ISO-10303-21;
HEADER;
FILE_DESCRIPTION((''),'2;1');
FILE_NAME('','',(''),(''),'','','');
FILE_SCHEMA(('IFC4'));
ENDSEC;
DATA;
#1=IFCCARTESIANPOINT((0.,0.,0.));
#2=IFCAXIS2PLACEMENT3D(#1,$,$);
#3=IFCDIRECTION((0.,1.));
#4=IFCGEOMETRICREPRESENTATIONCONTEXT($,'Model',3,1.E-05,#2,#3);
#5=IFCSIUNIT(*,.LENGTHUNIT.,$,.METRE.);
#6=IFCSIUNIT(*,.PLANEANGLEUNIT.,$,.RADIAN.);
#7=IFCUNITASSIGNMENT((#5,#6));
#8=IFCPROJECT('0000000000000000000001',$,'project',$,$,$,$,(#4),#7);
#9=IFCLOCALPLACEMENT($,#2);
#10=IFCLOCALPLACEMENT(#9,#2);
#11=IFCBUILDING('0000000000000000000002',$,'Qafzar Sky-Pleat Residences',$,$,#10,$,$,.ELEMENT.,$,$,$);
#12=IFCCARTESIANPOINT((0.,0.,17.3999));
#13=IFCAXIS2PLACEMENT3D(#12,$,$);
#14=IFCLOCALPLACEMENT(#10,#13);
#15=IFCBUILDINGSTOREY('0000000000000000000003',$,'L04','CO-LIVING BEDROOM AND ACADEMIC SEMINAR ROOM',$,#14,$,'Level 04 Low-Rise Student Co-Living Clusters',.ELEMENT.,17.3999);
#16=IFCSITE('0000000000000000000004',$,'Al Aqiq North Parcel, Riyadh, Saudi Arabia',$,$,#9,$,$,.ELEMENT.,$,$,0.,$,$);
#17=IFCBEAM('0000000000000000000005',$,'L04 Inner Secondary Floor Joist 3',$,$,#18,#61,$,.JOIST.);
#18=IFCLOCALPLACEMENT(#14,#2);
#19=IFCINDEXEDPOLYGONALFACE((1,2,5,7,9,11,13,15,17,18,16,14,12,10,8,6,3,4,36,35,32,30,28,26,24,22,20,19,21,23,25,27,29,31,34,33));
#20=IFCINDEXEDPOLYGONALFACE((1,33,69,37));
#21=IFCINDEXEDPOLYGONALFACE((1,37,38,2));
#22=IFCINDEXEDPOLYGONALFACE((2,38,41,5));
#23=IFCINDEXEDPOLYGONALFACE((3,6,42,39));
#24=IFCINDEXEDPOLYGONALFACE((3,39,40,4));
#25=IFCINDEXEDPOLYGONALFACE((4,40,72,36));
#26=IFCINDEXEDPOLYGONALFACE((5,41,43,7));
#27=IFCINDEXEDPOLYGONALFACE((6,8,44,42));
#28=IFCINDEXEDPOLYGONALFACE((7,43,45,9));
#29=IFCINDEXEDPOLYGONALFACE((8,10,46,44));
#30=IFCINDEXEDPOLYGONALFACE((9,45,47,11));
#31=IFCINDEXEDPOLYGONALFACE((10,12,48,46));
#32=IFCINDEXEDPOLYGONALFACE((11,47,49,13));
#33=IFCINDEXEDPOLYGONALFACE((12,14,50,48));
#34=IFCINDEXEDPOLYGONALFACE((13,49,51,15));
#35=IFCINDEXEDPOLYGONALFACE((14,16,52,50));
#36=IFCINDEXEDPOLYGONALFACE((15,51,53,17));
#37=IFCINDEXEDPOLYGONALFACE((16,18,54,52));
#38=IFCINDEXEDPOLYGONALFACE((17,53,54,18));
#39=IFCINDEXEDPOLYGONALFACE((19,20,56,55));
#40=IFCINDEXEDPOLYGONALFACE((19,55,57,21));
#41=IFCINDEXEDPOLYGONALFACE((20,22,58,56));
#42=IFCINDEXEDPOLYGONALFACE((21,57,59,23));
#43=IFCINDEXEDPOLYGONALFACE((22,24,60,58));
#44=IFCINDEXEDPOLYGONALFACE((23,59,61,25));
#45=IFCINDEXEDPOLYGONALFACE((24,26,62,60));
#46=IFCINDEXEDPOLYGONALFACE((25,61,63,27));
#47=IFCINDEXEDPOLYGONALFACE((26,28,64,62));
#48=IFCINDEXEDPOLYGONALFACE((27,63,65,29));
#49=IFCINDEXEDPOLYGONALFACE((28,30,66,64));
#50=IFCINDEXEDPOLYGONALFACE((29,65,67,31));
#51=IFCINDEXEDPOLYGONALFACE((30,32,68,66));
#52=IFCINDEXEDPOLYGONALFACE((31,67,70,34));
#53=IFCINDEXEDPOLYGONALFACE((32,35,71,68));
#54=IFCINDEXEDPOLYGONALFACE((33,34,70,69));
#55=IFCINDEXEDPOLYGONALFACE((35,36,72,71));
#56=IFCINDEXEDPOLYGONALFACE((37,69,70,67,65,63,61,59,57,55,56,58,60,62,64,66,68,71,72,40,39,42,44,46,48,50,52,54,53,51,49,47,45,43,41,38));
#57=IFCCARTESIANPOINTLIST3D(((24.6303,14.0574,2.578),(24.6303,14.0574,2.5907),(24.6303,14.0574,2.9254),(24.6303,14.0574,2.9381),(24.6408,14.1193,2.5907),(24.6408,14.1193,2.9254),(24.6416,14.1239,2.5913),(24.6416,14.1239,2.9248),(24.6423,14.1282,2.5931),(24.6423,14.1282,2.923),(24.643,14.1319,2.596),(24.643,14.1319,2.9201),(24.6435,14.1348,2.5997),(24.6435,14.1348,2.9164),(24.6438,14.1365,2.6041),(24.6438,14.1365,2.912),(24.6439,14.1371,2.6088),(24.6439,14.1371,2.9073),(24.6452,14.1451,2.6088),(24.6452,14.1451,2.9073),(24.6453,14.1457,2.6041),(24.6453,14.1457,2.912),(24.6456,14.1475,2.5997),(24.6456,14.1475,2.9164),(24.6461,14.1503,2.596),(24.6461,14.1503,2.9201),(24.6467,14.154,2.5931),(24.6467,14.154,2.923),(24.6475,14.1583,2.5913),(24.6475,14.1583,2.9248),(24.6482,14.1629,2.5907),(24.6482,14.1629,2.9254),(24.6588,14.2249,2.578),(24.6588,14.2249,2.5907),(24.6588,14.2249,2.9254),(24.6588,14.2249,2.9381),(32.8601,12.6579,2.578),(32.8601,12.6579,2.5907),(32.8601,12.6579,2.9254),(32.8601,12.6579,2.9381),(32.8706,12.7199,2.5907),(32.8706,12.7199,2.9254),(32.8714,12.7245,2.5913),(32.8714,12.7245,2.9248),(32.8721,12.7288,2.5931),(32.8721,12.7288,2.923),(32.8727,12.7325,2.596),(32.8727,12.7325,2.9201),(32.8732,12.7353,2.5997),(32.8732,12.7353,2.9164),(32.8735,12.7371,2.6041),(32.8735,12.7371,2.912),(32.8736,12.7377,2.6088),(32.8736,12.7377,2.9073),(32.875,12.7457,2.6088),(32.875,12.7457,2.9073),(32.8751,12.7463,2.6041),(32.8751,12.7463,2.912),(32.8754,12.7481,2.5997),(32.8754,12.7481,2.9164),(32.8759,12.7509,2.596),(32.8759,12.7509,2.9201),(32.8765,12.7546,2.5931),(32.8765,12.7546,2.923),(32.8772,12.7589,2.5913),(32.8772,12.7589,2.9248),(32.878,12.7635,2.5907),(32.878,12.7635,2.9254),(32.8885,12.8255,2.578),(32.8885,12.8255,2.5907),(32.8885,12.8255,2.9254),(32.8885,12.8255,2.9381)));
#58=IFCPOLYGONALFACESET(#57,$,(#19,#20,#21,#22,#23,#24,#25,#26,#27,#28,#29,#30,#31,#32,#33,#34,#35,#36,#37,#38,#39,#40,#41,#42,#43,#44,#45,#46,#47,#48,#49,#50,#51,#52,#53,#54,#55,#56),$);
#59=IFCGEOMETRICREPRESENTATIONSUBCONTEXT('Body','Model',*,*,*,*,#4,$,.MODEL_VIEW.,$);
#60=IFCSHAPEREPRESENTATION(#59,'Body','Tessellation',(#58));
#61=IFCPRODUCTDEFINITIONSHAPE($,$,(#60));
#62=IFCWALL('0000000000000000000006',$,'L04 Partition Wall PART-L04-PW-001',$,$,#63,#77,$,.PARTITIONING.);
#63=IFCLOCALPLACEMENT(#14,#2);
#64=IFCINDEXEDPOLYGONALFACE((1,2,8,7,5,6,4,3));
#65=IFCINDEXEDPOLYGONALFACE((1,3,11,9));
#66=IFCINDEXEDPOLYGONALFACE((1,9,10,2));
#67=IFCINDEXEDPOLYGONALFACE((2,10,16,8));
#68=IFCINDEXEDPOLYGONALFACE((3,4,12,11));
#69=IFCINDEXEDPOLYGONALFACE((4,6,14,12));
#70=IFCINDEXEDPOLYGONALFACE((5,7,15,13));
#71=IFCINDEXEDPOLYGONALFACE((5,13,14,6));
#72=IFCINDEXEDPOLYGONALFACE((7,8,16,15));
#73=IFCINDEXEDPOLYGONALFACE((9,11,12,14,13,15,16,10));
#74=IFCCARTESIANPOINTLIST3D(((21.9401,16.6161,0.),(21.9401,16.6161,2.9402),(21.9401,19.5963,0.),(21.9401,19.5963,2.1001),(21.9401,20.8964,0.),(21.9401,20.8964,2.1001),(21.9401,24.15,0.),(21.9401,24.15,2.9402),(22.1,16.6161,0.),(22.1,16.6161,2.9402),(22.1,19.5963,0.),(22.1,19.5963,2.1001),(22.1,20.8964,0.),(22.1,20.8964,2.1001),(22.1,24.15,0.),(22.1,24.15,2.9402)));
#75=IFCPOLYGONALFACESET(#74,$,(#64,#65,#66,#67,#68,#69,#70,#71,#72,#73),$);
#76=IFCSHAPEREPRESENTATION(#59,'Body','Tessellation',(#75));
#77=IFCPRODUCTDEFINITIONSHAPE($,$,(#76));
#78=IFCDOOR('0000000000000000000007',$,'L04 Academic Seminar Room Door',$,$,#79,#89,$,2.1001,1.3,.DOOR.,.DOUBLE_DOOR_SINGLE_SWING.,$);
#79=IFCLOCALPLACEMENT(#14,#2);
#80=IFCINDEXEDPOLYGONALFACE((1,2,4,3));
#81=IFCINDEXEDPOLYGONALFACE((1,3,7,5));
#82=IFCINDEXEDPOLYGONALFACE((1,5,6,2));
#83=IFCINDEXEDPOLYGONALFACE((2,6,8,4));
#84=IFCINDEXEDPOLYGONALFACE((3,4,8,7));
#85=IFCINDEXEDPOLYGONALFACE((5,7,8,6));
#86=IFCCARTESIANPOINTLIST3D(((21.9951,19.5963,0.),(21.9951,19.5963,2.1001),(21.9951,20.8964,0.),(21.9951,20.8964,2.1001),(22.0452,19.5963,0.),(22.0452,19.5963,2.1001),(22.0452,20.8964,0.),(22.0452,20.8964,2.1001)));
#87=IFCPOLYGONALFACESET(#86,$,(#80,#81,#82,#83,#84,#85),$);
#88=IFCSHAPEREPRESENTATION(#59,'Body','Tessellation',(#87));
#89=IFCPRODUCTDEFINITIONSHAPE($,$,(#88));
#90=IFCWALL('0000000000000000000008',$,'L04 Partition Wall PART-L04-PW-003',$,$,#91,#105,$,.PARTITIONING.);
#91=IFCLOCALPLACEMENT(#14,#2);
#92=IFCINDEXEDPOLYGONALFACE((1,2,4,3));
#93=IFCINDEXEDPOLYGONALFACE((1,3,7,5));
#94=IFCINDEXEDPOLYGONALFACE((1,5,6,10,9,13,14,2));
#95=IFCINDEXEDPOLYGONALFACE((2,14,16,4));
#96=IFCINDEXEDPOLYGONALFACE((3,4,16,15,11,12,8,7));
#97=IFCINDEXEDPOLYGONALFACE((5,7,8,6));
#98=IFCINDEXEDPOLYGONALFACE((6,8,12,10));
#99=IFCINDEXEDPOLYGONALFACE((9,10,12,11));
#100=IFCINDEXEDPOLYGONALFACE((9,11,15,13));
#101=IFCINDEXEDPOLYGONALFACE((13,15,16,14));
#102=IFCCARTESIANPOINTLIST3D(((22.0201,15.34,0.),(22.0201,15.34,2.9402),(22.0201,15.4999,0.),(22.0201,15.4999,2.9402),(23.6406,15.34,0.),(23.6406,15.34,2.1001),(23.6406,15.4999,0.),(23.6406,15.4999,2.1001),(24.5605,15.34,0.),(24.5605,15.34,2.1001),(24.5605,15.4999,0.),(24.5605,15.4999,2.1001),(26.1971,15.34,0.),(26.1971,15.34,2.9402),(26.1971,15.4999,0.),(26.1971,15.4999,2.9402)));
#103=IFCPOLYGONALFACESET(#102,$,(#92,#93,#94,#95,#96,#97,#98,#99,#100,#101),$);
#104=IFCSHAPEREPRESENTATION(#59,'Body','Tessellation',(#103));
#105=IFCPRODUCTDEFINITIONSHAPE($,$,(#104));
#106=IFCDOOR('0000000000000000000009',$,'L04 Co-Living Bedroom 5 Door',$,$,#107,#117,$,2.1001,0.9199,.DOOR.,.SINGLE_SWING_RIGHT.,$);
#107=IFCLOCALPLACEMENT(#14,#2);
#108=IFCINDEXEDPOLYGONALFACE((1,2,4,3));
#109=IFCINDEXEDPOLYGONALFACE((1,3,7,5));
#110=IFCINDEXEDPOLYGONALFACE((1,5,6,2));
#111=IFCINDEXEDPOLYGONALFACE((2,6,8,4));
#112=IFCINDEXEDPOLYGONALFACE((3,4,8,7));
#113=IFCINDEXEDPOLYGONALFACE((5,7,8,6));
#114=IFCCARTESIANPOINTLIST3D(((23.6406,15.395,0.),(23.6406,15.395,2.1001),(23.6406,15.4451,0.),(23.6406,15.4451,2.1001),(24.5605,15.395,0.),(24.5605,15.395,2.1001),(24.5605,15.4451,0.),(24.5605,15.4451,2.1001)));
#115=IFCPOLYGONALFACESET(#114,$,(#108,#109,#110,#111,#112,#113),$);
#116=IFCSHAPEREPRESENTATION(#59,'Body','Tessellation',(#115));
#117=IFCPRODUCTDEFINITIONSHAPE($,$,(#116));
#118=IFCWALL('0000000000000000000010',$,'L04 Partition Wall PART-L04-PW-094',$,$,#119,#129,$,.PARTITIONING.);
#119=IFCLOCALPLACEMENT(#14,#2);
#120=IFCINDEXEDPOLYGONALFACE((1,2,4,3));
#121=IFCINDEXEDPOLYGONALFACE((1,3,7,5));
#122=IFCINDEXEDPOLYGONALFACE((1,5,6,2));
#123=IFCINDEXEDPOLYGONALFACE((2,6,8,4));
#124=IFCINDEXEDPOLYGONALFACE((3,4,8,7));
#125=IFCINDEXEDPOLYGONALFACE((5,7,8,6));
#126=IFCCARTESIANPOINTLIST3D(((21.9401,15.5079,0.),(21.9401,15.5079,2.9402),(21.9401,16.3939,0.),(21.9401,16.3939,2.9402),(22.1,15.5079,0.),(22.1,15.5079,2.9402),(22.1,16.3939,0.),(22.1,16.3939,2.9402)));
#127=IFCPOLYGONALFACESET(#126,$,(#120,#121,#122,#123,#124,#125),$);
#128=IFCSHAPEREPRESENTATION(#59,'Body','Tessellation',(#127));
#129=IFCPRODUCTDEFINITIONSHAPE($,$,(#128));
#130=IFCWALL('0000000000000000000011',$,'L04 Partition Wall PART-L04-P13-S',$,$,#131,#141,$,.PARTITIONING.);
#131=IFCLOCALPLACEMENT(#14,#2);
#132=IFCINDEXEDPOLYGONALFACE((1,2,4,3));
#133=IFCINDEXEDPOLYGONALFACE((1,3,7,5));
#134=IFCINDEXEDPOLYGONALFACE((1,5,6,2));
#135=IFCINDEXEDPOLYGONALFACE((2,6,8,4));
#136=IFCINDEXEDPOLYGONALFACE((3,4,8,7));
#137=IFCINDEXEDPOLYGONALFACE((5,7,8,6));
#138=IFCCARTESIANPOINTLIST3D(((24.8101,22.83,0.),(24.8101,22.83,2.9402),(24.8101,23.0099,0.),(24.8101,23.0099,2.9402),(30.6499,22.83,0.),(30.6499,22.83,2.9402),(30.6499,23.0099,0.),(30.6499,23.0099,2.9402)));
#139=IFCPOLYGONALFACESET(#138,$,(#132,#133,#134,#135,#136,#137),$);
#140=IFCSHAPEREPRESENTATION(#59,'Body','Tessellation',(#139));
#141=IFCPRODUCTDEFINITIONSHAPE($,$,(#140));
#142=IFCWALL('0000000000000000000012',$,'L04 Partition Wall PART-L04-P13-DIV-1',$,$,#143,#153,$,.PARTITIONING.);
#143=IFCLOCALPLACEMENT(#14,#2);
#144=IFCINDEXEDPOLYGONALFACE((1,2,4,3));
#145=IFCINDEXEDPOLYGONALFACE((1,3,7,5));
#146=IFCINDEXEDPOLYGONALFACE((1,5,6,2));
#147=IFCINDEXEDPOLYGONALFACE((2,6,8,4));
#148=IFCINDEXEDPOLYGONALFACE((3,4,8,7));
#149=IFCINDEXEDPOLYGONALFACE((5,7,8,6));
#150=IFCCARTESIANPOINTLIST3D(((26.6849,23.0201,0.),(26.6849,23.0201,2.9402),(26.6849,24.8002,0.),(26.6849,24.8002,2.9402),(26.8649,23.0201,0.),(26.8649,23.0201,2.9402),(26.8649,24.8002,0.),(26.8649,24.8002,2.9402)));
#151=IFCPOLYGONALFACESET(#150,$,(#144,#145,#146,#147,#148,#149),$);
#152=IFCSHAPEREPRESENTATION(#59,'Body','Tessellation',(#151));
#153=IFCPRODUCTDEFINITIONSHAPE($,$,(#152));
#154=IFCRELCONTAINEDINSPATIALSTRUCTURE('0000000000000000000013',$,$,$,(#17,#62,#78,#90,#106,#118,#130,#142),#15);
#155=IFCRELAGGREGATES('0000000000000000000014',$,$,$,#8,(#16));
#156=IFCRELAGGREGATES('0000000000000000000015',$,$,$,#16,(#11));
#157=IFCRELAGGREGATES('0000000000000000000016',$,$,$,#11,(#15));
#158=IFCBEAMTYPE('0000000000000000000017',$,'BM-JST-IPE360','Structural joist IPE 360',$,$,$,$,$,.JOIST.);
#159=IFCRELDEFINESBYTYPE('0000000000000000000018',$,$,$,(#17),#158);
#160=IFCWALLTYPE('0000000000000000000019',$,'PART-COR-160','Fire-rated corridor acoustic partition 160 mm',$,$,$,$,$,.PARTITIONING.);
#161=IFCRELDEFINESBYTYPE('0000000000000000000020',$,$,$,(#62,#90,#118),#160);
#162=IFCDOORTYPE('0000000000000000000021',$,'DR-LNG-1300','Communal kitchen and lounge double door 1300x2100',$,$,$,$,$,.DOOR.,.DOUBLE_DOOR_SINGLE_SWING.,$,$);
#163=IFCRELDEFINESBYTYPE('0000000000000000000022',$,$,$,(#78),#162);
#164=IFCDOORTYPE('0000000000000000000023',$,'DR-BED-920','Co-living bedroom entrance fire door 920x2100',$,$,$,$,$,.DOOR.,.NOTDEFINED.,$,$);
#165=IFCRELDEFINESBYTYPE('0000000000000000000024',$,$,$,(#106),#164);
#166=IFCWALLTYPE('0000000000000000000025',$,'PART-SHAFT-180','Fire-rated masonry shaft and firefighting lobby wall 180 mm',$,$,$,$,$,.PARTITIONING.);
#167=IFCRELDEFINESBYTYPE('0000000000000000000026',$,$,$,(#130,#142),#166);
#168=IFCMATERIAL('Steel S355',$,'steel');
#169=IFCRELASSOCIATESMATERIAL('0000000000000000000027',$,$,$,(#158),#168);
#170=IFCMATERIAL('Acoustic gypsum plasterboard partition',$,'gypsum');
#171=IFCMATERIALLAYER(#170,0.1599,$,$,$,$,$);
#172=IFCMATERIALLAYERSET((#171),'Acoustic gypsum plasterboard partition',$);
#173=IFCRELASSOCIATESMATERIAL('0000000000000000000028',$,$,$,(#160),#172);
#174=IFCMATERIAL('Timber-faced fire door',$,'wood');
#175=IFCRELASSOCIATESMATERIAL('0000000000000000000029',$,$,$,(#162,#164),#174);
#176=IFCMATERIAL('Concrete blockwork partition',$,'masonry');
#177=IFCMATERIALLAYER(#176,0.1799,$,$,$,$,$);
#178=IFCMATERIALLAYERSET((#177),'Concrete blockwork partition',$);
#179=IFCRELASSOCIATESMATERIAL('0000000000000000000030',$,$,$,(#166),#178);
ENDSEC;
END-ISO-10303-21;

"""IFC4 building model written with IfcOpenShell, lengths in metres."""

from ifc_helpers import new_model, si_unit, direction, frame, frame_2d, origin, origin_2d, place, context, subcontext, project, spatial, rectangle, i_section, extrude, source, transform, mapped, material, layer, layer_set, material_profile, profile_set, type_object, element, fill, save


model = new_model("IFC4")

# Units and contexts
model_context = context("Model", 3, precision=1e-05, world=origin(), true_north=direction((0.0, 1.0)))
body_context = subcontext(model_context, "Body", "Model", "MODEL_VIEW")
ifc_project = project(units=[si_unit("LENGTHUNIT", "METRE"), si_unit("PLANEANGLEUNIT", "RADIAN")], contexts=[model_context])

# Site, building, storey
site_placement = place(None, origin())
site = spatial("IfcSite", under=ifc_project, at=site_placement, Name="Al Aqiq North Parcel, Riyadh, Saudi Arabia", CompositionType="ELEMENT", RefElevation=0.0)
building_placement = place(site_placement, origin())
building = spatial("IfcBuilding", under=site, at=building_placement, Name="Qafzar Sky-Pleat Residences", CompositionType="ELEMENT")
storey_placement = place(building_placement, frame((0.0, 0.0, 17.3999)))
storey = spatial("IfcBuildingStorey", under=building, at=storey_placement, Name="L04", Description="CO-LIVING BEDROOM AND ACADEMIC SEMINAR ROOM", LongName="Level 04 Low-Rise Student Co-Living Clusters", CompositionType="ELEMENT", Elevation=17.3999)

# Beam
ifc_material_1 = material(Name="Steel S355", Category="steel")
ifc_material_profile = material_profile(ifc_material_1, i_section(OverallWidth=0.1699, OverallDepth=0.3601, WebThickness=0.0081, FlangeThickness=0.0127, FilletRadius=0.0181, at=origin_2d()), Name="IPE 360")
ifc_profile_set = profile_set([ifc_material_profile], Name="Steel S355")
beam_type = type_object("IfcBeamType", Name="BM-JST-IPE360", Description="Structural joist IPE 360", PredefinedType="JOIST", material=ifc_profile_set)
shared_shape_1 = source(origin(), body_context, "Body", "SweptSolid", [
    extrude(i_section(OverallWidth=0.1699, OverallDepth=0.3601, WebThickness=0.0081, FlangeThickness=0.0127, FilletRadius=0.0181, at=origin_2d()), origin(), (0.0, 0.0, 1.0), 8.3479),
])
beam_placement = place(storey_placement, frame((24.6445, 14.1411, 2.7581), z_axis=(0.985849, -0.167637, 0.0), x_axis=(0.167637, 0.985849, 0.0)))
element("IfcBeam", 1, at=beam_placement, inside=storey, type_object=beam_type, Name="L04 Inner Secondary Floor Joist 3", PredefinedType="JOIST", context=body_context, shape_type="MappedRepresentation", body=[
    mapped(shared_shape_1, transform((0.0, 0.0, 0.0), x_axis=(1.0, 0.0, 0.0), y_axis=(0.0, 1.0, 0.0), z_axis=(0.0, 0.0, 1.0), scale=1.0)),
])

# Walls, openings, doors
ifc_material_2 = material(Name="Acoustic gypsum plasterboard partition", Category="gypsum")
ifc_layer_1 = layer(ifc_material_2, 0.1599)
ifc_layer_set_1 = layer_set([ifc_layer_1], Name="Acoustic gypsum plasterboard partition")
wall_type_1 = type_object("IfcWallType", Name="PART-COR-160", Description="Fire-rated corridor acoustic partition 160 mm", PredefinedType="PARTITIONING", material=ifc_layer_set_1)
wall_1_placement = place(storey_placement, frame((22.02, 16.616, 0.0), z_axis=(0.0, 0.0, 1.0), x_axis=(0.0, 1.0, 0.0)))
wall_1 = element("IfcWall", 2, at=wall_1_placement, inside=storey, type_object=wall_type_1, Name="L04 Partition Wall PART-L04-PW-001", PredefinedType="PARTITIONING", context=body_context, shape_type="SweptSolid", body=[
    extrude(rectangle(XDim=7.5339, YDim=0.1599, at=frame_2d((3.7671, 0.0))), origin(), (0.0, 0.0, 1.0), 2.9402),
])
opening_1_placement = place(wall_1_placement, frame((2.9805, 0.0, 0.0)))
opening_1 = element("IfcOpeningElement", 3, at=opening_1_placement, cuts=wall_1, PredefinedType="OPENING", context=body_context, shape_type="SweptSolid", body=[
    extrude(rectangle(XDim=1.3, YDim=2.1001, at=frame_2d((0.6499, 1.05))), frame((0.0, 0.0898, 0.0), z_axis=(0.0, -1.0, 0.0), x_axis=(1.0, 0.0, 0.0)), (0.0, 0.0, 1.0), 0.1799),
])
ifc_material_3 = material(Name="Timber-faced fire door", Category="wood")
door_type_1 = type_object("IfcDoorType", Name="DR-LNG-1300", Description="Communal kitchen and lounge double door 1300x2100", OperationType="DOUBLE_DOOR_SINGLE_SWING", PredefinedType="DOOR", material=ifc_material_3)
shared_shape_2 = source(origin(), body_context, "Body", "SweptSolid", [
    extrude(rectangle(XDim=1.3, YDim=2.1001, at=frame_2d((0.6499, 1.05))), frame((0.0, 0.0249, 0.0), z_axis=(0.0, -1.0, 0.0), x_axis=(1.0, 0.0, 0.0)), (0.0, 0.0, 1.0), 0.05),
])
door_1_placement = place(opening_1_placement, origin())
door_1 = element("IfcDoor", 4, at=door_1_placement, inside=storey, type_object=door_type_1, Name="L04 Academic Seminar Room Door", OperationType="DOUBLE_DOOR_SINGLE_SWING", OverallHeight=2.1001, OverallWidth=1.3, PredefinedType="DOOR", context=body_context, shape_type="MappedRepresentation", body=[
    mapped(shared_shape_2, transform((0.0, 0.0, 0.0), x_axis=(1.0, 0.0, 0.0), y_axis=(0.0, 1.0, 0.0), z_axis=(0.0, 0.0, 1.0), scale=1.0)),
])
fill(opening_1, door_1)
wall_2_placement = place(storey_placement, frame((26.197, 15.4199, 0.0), z_axis=(0.0, 0.0, 1.0), x_axis=(-1.0, 0.0, 0.0)))
wall_2 = element("IfcWall", 5, at=wall_2_placement, inside=storey, type_object=wall_type_1, Name="L04 Partition Wall PART-L04-PW-003", PredefinedType="PARTITIONING", context=body_context, shape_type="SweptSolid", body=[
    extrude(rectangle(XDim=4.177, YDim=0.1599, at=frame_2d((2.0884, 0.0))), origin(), (0.0, 0.0, 1.0), 2.9402),
])
opening_2_placement = place(wall_2_placement, frame((1.6365, 0.0, 0.0)))
opening_2 = element("IfcOpeningElement", 6, at=opening_2_placement, cuts=wall_2, PredefinedType="OPENING", context=body_context, shape_type="SweptSolid", body=[
    extrude(rectangle(XDim=0.9199, YDim=2.1001, at=frame_2d((0.46, 1.05))), frame((0.0, 0.0898, 0.0), z_axis=(0.0, -1.0, 0.0), x_axis=(1.0, 0.0, 0.0)), (0.0, 0.0, 1.0), 0.1799),
])
door_type_2 = type_object("IfcDoorType", Name="DR-BED-920", Description="Co-living bedroom entrance fire door 920x2100", OperationType="NOTDEFINED", PredefinedType="DOOR", material=ifc_material_3)
shared_shape_3 = source(origin(), body_context, "Body", "SweptSolid", [
    extrude(rectangle(XDim=0.9199, YDim=2.1001, at=frame_2d((0.46, 1.05))), frame((0.0, 0.0249, 0.0), z_axis=(0.0, -1.0, 0.0), x_axis=(1.0, 0.0, 0.0)), (0.0, 0.0, 1.0), 0.05),
])
door_2_placement = place(opening_2_placement, origin())
door_2 = element("IfcDoor", 7, at=door_2_placement, inside=storey, type_object=door_type_2, Name="L04 Co-Living Bedroom 5 Door", OperationType="SINGLE_SWING_RIGHT", OverallHeight=2.1001, OverallWidth=0.9199, PredefinedType="DOOR", context=body_context, shape_type="MappedRepresentation", body=[
    mapped(shared_shape_3, transform((0.0, 0.0, 0.0), x_axis=(1.0, 0.0, 0.0), y_axis=(0.0, 1.0, 0.0), z_axis=(0.0, 0.0, 1.0), scale=1.0)),
])
fill(opening_2, door_2)

# Walls
wall_3_placement = place(storey_placement, frame((22.02, 15.5081, 0.0), z_axis=(0.0, 0.0, 1.0), x_axis=(0.0, 1.0, 0.0)))
element("IfcWall", 8, at=wall_3_placement, inside=storey, type_object=wall_type_1, Name="L04 Partition Wall PART-L04-PW-094", PredefinedType="PARTITIONING", context=body_context, shape_type="SweptSolid", body=[
    extrude(rectangle(XDim=0.886, YDim=0.1599, at=frame_2d((0.4429, 0.0))), origin(), (0.0, 0.0, 1.0), 2.9402),
])
ifc_material_4 = material(Name="Concrete blockwork partition", Category="masonry")
ifc_layer_2 = layer(ifc_material_4, 0.1799)
ifc_layer_set_2 = layer_set([ifc_layer_2], Name="Concrete blockwork partition")
wall_type_2 = type_object("IfcWallType", Name="PART-SHAFT-180", Description="Fire-rated masonry shaft and firefighting lobby wall 180 mm", PredefinedType="PARTITIONING", material=ifc_layer_set_2)
wall_4_placement = place(storey_placement, frame((24.8101, 22.9199, 0.0), z_axis=(0.0, 0.0, 1.0), x_axis=(1.0, 0.0, 0.0)))
element("IfcWall", 9, at=wall_4_placement, inside=storey, type_object=wall_type_2, Name="L04 Partition Wall PART-L04-P13-S", PredefinedType="PARTITIONING", context=body_context, shape_type="SweptSolid", body=[
    extrude(rectangle(XDim=5.8398, YDim=0.1799, at=frame_2d((2.9199, 0.0))), origin(), (0.0, 0.0, 1.0), 2.9402),
])
wall_5_placement = place(storey_placement, frame((26.7749, 23.02, 0.0), z_axis=(0.0, 0.0, 1.0), x_axis=(0.0, 1.0, 0.0)))
element("IfcWall", 10, at=wall_5_placement, inside=storey, type_object=wall_type_2, Name="L04 Partition Wall PART-L04-P13-DIV-1", PredefinedType="PARTITIONING", context=body_context, shape_type="SweptSolid", body=[
    extrude(rectangle(XDim=1.78, YDim=0.1799, at=frame_2d((0.8901, 0.0))), origin(), (0.0, 0.0, 1.0), 2.9402),
])

save(model, "model.ifc")
